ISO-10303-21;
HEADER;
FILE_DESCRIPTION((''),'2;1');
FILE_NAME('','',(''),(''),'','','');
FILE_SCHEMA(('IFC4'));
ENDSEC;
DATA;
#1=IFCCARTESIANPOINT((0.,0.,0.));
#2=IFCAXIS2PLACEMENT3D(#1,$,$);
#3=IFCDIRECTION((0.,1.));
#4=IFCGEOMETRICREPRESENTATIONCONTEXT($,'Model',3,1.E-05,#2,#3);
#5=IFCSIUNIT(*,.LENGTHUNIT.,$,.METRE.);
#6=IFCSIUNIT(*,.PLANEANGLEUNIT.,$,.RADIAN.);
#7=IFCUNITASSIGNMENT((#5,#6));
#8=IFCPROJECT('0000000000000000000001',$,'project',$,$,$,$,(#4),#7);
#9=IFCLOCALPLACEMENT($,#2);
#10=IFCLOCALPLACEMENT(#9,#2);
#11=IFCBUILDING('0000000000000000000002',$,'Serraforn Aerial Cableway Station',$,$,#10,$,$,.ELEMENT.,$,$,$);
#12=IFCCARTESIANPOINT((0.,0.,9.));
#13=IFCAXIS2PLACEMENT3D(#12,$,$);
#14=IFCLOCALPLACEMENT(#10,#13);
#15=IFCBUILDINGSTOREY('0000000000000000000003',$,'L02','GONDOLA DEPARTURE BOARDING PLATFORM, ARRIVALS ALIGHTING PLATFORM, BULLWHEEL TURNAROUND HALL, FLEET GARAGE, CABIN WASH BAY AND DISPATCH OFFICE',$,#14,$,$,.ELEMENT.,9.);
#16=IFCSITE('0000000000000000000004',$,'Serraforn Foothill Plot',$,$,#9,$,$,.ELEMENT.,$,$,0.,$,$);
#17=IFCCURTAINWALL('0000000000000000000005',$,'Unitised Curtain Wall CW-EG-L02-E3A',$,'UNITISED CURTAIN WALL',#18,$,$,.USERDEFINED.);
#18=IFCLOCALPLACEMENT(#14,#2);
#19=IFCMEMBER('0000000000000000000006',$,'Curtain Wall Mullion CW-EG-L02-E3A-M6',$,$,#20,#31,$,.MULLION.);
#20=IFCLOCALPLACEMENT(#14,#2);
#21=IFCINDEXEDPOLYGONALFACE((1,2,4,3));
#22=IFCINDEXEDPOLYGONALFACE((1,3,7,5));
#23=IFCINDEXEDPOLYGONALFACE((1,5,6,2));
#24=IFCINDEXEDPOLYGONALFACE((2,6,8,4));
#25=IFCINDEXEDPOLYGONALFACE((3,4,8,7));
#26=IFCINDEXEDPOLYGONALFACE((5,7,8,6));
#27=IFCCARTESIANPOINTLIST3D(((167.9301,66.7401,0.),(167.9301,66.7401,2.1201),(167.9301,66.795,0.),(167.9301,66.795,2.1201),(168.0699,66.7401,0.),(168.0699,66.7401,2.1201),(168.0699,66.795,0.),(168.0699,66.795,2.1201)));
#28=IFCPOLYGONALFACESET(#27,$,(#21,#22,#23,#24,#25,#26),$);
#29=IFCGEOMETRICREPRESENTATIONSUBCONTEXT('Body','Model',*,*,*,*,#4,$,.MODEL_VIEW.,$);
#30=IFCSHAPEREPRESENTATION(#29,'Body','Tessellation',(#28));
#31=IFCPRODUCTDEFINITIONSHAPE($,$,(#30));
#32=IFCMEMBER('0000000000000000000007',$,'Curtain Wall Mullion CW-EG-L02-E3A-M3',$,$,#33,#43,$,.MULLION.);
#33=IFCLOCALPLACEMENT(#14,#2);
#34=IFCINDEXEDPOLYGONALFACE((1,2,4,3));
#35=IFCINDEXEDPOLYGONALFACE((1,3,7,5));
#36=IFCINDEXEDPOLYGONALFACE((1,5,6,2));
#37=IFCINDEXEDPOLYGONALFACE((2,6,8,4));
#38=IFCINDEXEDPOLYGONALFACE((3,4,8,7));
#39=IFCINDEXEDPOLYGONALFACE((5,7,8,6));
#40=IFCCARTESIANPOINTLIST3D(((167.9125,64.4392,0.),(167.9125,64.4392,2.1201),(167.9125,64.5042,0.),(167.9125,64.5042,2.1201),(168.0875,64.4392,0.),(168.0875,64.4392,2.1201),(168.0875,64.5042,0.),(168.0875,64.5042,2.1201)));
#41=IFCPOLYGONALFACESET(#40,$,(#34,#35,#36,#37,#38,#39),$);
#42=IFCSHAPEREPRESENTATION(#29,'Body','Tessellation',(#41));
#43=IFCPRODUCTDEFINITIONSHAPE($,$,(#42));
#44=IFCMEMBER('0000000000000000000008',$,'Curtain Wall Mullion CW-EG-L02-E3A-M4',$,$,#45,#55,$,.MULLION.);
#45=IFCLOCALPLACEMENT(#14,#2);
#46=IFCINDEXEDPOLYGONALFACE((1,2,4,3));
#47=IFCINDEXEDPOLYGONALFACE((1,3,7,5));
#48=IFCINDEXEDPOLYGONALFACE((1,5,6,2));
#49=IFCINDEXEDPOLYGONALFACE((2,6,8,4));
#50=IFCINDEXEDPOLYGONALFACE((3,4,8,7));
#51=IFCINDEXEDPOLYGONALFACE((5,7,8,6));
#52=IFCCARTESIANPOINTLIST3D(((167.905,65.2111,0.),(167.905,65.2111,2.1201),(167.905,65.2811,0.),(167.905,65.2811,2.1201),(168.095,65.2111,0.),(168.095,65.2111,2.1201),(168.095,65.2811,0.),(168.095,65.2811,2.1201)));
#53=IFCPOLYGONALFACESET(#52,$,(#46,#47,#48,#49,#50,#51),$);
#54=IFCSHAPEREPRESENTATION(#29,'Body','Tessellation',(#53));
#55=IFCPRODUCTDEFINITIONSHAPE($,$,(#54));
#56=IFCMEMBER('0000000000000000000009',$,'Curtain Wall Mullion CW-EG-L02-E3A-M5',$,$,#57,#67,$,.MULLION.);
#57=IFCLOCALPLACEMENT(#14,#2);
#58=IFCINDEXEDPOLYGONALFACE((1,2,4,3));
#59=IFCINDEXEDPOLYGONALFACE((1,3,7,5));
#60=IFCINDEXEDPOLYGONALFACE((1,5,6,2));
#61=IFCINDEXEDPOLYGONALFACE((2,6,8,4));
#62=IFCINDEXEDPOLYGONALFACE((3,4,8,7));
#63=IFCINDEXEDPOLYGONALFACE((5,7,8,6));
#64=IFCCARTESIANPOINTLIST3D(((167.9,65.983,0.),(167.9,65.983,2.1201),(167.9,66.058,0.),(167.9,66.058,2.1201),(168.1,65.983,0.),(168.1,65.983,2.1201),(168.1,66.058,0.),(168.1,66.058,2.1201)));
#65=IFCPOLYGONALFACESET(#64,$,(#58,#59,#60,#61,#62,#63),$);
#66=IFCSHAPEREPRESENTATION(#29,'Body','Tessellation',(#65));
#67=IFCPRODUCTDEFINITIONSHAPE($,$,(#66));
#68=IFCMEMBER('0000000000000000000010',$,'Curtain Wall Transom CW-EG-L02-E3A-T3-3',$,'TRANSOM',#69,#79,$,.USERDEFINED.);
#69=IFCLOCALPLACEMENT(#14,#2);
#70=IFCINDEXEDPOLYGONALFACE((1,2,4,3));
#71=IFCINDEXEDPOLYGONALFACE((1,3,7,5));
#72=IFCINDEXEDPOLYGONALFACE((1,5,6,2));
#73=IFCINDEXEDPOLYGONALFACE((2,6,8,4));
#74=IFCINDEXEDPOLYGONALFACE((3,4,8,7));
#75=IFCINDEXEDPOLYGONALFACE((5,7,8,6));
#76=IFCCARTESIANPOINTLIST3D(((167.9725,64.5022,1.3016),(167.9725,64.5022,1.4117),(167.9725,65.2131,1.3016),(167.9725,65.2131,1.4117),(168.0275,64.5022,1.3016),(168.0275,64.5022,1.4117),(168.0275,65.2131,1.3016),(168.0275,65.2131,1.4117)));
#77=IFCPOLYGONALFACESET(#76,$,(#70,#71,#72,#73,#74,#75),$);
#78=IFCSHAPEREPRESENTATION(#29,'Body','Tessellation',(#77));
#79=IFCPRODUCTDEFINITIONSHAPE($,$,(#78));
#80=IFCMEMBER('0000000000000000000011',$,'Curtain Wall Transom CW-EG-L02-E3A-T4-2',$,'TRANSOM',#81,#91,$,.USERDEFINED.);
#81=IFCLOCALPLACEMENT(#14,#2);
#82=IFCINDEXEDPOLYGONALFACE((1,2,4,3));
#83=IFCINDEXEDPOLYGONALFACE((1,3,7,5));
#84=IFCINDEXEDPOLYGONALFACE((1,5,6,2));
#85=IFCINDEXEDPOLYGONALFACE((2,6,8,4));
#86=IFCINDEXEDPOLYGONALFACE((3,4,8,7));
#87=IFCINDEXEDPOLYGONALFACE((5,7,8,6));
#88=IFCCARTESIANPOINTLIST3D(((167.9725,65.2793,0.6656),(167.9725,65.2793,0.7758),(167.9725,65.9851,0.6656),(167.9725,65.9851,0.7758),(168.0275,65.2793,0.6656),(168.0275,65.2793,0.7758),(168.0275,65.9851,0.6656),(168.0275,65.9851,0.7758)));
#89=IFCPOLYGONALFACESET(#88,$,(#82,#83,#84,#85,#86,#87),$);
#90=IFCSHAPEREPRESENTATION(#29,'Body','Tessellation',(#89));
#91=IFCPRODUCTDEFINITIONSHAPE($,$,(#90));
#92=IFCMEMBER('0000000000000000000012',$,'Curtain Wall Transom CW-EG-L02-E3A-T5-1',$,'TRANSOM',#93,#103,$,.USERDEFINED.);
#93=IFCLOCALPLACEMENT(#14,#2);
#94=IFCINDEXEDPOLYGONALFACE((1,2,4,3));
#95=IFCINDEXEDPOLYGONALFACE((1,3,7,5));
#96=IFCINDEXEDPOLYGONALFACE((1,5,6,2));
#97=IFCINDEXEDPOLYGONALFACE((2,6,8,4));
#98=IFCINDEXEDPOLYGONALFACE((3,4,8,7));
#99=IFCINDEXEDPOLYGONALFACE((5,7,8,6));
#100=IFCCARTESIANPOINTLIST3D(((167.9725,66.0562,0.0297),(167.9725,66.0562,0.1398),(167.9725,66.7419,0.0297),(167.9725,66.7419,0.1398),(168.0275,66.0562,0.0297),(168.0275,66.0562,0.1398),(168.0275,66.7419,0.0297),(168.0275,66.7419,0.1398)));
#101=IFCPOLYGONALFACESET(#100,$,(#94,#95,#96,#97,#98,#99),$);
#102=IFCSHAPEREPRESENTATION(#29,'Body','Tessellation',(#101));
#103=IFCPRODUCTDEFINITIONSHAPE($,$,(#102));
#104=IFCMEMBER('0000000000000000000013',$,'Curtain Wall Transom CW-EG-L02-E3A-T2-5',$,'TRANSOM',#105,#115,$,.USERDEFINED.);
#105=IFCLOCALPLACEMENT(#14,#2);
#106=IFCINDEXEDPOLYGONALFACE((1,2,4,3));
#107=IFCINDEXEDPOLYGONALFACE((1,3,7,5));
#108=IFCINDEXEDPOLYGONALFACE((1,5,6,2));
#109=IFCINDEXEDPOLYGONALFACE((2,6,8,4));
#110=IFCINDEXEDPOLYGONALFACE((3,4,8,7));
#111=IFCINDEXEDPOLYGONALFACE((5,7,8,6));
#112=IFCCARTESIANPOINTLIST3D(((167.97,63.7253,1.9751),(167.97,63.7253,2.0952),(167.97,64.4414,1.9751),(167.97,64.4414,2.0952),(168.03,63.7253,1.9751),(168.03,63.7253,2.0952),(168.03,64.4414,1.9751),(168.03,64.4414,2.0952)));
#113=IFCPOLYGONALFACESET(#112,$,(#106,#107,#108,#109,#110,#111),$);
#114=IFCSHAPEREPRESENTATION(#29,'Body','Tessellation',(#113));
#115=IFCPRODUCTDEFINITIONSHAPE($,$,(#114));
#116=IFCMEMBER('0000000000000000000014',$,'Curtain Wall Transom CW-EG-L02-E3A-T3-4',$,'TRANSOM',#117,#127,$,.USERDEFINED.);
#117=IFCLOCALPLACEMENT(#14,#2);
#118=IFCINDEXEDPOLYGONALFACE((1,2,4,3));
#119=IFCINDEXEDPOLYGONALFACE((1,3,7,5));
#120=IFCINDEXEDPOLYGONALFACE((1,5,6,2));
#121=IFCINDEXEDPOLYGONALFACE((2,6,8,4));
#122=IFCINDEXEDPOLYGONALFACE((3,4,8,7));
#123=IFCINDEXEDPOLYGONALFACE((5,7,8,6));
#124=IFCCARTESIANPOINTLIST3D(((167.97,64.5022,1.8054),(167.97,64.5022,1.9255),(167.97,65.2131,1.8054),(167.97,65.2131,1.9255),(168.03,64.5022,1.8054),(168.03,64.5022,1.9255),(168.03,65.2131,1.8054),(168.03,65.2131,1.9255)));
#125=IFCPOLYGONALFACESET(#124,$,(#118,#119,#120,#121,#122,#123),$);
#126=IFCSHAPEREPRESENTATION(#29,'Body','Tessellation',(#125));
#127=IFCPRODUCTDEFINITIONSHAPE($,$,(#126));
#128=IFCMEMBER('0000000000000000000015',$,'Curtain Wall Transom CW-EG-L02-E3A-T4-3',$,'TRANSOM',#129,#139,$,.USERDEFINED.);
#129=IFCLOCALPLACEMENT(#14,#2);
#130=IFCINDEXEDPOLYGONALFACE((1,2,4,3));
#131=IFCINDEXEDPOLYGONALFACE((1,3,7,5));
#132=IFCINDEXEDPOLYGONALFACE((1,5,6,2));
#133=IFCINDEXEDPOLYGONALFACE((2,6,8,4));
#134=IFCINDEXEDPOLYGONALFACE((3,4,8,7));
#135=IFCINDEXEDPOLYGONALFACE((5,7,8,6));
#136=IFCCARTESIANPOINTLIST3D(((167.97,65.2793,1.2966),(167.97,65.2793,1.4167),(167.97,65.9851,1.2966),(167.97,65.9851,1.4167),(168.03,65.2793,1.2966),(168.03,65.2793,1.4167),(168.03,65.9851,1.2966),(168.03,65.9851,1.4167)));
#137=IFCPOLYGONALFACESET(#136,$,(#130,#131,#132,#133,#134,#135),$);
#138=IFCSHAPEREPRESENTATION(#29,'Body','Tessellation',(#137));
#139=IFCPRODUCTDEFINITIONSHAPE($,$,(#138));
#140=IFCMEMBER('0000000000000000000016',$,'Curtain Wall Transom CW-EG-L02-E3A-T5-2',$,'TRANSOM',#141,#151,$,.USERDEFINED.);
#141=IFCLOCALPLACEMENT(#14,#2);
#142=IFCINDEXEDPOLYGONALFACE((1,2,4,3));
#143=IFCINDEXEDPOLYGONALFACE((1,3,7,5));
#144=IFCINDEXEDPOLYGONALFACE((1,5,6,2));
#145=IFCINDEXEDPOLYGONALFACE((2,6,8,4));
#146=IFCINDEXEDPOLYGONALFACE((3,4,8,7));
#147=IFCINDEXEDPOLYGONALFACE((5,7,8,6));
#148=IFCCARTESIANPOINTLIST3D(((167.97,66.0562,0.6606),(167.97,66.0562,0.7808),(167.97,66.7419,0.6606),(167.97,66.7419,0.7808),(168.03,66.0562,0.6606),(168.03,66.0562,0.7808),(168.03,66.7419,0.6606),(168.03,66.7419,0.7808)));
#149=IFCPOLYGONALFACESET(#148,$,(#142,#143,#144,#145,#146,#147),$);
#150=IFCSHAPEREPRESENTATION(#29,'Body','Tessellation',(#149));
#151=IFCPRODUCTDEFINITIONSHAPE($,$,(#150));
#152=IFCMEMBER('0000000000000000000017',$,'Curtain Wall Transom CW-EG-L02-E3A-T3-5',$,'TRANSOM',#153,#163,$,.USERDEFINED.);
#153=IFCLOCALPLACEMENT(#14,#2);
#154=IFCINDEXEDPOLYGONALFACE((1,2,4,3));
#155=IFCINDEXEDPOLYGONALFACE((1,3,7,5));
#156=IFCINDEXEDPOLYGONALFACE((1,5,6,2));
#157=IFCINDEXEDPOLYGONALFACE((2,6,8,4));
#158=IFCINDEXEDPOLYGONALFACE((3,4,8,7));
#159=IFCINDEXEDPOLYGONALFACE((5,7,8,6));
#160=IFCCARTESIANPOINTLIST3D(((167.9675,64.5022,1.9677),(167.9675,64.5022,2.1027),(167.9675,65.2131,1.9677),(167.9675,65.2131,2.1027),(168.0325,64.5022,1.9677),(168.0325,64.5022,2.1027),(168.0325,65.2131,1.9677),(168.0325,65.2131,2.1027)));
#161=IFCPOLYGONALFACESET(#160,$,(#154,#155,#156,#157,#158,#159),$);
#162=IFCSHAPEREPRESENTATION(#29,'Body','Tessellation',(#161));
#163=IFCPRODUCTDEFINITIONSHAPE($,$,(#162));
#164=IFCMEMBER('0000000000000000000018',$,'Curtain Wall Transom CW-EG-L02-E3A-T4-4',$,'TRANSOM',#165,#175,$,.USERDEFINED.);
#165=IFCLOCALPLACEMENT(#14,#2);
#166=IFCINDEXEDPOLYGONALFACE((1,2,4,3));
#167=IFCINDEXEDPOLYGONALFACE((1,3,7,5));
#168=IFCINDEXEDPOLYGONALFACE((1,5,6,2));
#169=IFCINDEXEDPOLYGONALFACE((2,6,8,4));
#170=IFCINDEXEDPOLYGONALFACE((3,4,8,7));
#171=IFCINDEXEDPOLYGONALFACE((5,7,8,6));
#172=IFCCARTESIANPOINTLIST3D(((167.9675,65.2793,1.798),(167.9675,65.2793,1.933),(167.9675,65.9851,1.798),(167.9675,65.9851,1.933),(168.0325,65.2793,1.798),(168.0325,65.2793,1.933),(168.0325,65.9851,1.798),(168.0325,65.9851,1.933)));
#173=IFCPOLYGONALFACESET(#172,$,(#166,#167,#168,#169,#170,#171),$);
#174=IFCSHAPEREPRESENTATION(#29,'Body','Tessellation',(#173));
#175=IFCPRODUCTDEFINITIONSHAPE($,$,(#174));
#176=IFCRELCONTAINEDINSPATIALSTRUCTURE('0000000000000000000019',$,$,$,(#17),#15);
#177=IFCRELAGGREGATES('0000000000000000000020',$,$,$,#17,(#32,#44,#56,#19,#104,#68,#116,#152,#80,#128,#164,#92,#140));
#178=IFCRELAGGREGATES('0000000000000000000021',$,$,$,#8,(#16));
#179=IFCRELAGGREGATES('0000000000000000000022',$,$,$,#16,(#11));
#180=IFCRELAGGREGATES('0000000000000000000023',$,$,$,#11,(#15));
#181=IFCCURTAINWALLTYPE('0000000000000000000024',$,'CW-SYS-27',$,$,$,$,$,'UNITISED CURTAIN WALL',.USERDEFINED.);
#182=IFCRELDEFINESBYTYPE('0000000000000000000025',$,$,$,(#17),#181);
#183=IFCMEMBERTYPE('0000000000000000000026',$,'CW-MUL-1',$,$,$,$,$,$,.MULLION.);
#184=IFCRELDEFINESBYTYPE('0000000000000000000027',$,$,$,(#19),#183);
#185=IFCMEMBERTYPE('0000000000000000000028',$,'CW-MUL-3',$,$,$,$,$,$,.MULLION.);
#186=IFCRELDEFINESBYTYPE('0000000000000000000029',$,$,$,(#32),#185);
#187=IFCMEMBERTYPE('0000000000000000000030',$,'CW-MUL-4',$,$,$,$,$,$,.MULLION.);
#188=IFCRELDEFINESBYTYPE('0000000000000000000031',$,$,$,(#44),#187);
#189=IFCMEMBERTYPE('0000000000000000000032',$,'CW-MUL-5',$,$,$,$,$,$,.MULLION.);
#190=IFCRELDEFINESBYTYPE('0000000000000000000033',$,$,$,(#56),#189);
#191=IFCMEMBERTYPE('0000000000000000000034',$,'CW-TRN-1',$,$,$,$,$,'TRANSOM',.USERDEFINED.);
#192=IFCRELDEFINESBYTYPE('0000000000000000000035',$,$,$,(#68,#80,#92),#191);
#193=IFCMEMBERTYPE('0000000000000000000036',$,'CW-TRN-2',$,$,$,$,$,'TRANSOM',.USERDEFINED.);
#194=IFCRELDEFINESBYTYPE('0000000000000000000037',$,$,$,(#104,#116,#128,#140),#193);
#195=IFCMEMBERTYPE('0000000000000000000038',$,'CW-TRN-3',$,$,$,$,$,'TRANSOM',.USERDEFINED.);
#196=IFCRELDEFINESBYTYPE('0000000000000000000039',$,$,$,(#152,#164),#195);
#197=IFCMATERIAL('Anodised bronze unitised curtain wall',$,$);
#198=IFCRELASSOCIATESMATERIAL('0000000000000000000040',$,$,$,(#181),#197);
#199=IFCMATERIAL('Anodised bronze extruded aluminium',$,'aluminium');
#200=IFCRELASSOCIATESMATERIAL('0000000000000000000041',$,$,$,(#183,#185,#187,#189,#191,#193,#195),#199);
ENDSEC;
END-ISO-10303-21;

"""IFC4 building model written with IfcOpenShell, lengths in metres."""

from ifc_helpers import new_model, si_unit, direction, frame, origin, origin_2d, place, context, subcontext, project, spatial, rectangle, extrude, material, material_profile, profile_set, type_object, element, aggregate, save


model = new_model("IFC4")

# Units and contexts
model_context = context("Model", 3, precision=1e-05, world=origin(), true_north=direction((0.0, 1.0)))
body_context = subcontext(model_context, "Body", "Model", "MODEL_VIEW")
ifc_project = project(units=[si_unit("LENGTHUNIT", "METRE"), si_unit("PLANEANGLEUNIT", "RADIAN")], contexts=[model_context])

# Site, building, storey
site_placement = place(None, origin())
site = spatial("IfcSite", under=ifc_project, at=site_placement, Name="Serraforn Foothill Plot", CompositionType="ELEMENT", RefElevation=0.0)
building_placement = place(site_placement, origin())
building = spatial("IfcBuilding", under=site, at=building_placement, Name="Serraforn Aerial Cableway Station", CompositionType="ELEMENT")
storey_placement = place(building_placement, frame((0.0, 0.0, 9.0)))
storey = spatial("IfcBuildingStorey", under=building, at=storey_placement, Name="L02", Description="GONDOLA DEPARTURE BOARDING PLATFORM, ARRIVALS ALIGHTING PLATFORM, BULLWHEEL TURNAROUND HALL, FLEET GARAGE, CABIN WASH BAY AND DISPATCH OFFICE", CompositionType="ELEMENT", Elevation=9.0)

# Curtain wall, members
ifc_material_1 = material(Name="Anodised bronze unitised curtain wall")
curtain_wall_type = type_object("IfcCurtainWallType", Name="CW-SYS-27", ElementType="UNITISED CURTAIN WALL", PredefinedType="USERDEFINED", material=ifc_material_1)
curtain_wall_placement = place(storey_placement, origin())
curtain_wall = element("IfcCurtainWall", 1, at=curtain_wall_placement, inside=storey, type_object=curtain_wall_type, Name="Unitised Curtain Wall CW-EG-L02-E3A", ObjectType="UNITISED CURTAIN WALL", PredefinedType="USERDEFINED")
ifc_material_2 = material(Name="Anodised bronze extruded aluminium", Category="aluminium")
ifc_material_profile_1 = material_profile(ifc_material_2, rectangle(XDim=0.0549, YDim=0.1399, at=origin_2d()), Name="CW MULLION 55x140")
ifc_profile_set_1 = profile_set([ifc_material_profile_1], Name="Anodised bronze extruded aluminium")
member_type_1 = type_object("IfcMemberType", Name="CW-MUL-1", PredefinedType="MULLION", material=ifc_profile_set_1)
member_1_placement = place(storey_placement, frame((168.0, 66.7676, 0.0), z_axis=(0.0, 0.0, 1.0), x_axis=(0.0, 1.0, 0.0)))
member_1 = element("IfcMember", 2, at=member_1_placement, type_object=member_type_1, Name="Curtain Wall Mullion CW-EG-L02-E3A-M6", PredefinedType="MULLION", context=body_context, shape_type="SweptSolid", body=[
    extrude(rectangle(XDim=0.0549, YDim=0.1399, at=origin_2d()), origin(), (0.0, 0.0, 1.0), 2.1201),
])
ifc_material_profile_2 = material_profile(ifc_material_2, rectangle(XDim=0.0649, YDim=0.175, at=origin_2d()), Name="CW MULLION 65x175")
ifc_profile_set_2 = profile_set([ifc_material_profile_2], Name="Anodised bronze extruded aluminium")
member_type_2 = type_object("IfcMemberType", Name="CW-MUL-3", PredefinedType="MULLION", material=ifc_profile_set_2)
member_2_placement = place(storey_placement, frame((168.0, 64.4717, 0.0), z_axis=(0.0, 0.0, 1.0), x_axis=(0.0, 1.0, 0.0)))
member_2 = element("IfcMember", 3, at=member_2_placement, type_object=member_type_2, Name="Curtain Wall Mullion CW-EG-L02-E3A-M3", PredefinedType="MULLION", context=body_context, shape_type="SweptSolid", body=[
    extrude(rectangle(XDim=0.0649, YDim=0.175, at=origin_2d()), origin(), (0.0, 0.0, 1.0), 2.1201),
])
ifc_material_profile_3 = material_profile(ifc_material_2, rectangle(XDim=0.0701, YDim=0.1899, at=origin_2d()), Name="CW MULLION 70x190")
ifc_profile_set_3 = profile_set([ifc_material_profile_3], Name="Anodised bronze extruded aluminium")
member_type_3 = type_object("IfcMemberType", Name="CW-MUL-4", PredefinedType="MULLION", material=ifc_profile_set_3)
member_3_placement = place(storey_placement, frame((168.0, 65.2461, 0.0), z_axis=(0.0, 0.0, 1.0), x_axis=(0.0, 1.0, 0.0)))
member_3 = element("IfcMember", 4, at=member_3_placement, type_object=member_type_3, Name="Curtain Wall Mullion CW-EG-L02-E3A-M4", PredefinedType="MULLION", context=body_context, shape_type="SweptSolid", body=[
    extrude(rectangle(XDim=0.0701, YDim=0.1899, at=origin_2d()), origin(), (0.0, 0.0, 1.0), 2.1201),
])
ifc_material_profile_4 = material_profile(ifc_material_2, rectangle(XDim=0.075, YDim=0.2, at=origin_2d()), Name="CW MULLION 75x200")
ifc_profile_set_4 = profile_set([ifc_material_profile_4], Name="Anodised bronze extruded aluminium")
member_type_4 = type_object("IfcMemberType", Name="CW-MUL-5", PredefinedType="MULLION", material=ifc_profile_set_4)
member_4_placement = place(storey_placement, frame((168.0, 66.0205, 0.0), z_axis=(0.0, 0.0, 1.0), x_axis=(0.0, 1.0, 0.0)))
member_4 = element("IfcMember", 5, at=member_4_placement, type_object=member_type_4, Name="Curtain Wall Mullion CW-EG-L02-E3A-M5", PredefinedType="MULLION", context=body_context, shape_type="SweptSolid", body=[
    extrude(rectangle(XDim=0.075, YDim=0.2, at=origin_2d()), origin(), (0.0, 0.0, 1.0), 2.1201),
])
ifc_material_profile_5 = material_profile(ifc_material_2, rectangle(XDim=0.0549, YDim=0.1101, at=origin_2d()), Name="CW TRANSOM 55x110")
ifc_profile_set_5 = profile_set([ifc_material_profile_5], Name="Anodised bronze extruded aluminium")
member_type_5 = type_object("IfcMemberType", Name="CW-TRN-1", ElementType="TRANSOM", PredefinedType="USERDEFINED", material=ifc_profile_set_5)
member_5_placement = place(storey_placement, frame((168.0, 64.5022, 1.3567), z_axis=(0.0, 1.0, 0.0), x_axis=(-1.0, 0.0, 0.0)))
member_5 = element("IfcMember", 6, at=member_5_placement, type_object=member_type_5, Name="Curtain Wall Transom CW-EG-L02-E3A-T3-3", ObjectType="TRANSOM", PredefinedType="USERDEFINED", context=body_context, shape_type="SweptSolid", body=[
    extrude(rectangle(XDim=0.0549, YDim=0.1101, at=origin_2d()), origin(), (0.0, 0.0, 1.0), 0.7109),
])
member_6_placement = place(storey_placement, frame((168.0, 65.2793, 0.7207), z_axis=(0.0, 1.0, 0.0), x_axis=(-1.0, 0.0, 0.0)))
member_6 = element("IfcMember", 7, at=member_6_placement, type_object=member_type_5, Name="Curtain Wall Transom CW-EG-L02-E3A-T4-2", ObjectType="TRANSOM", PredefinedType="USERDEFINED", context=body_context, shape_type="SweptSolid", body=[
    extrude(rectangle(XDim=0.0549, YDim=0.1101, at=origin_2d()), origin(), (0.0, 0.0, 1.0), 0.7058),
])
member_7_placement = place(storey_placement, frame((168.0, 66.0562, 0.0847), z_axis=(0.0, 1.0, 0.0), x_axis=(-1.0, 0.0, 0.0)))
member_7 = element("IfcMember", 8, at=member_7_placement, type_object=member_type_5, Name="Curtain Wall Transom CW-EG-L02-E3A-T5-1", ObjectType="TRANSOM", PredefinedType="USERDEFINED", context=body_context, shape_type="SweptSolid", body=[
    extrude(rectangle(XDim=0.0549, YDim=0.1101, at=origin_2d()), origin(), (0.0, 0.0, 1.0), 0.6858),
])
ifc_material_profile_6 = material_profile(ifc_material_2, rectangle(XDim=0.0601, YDim=0.1201, at=origin_2d()), Name="CW TRANSOM 60x120")
ifc_profile_set_6 = profile_set([ifc_material_profile_6], Name="Anodised bronze extruded aluminium")
member_type_6 = type_object("IfcMemberType", Name="CW-TRN-2", ElementType="TRANSOM", PredefinedType="USERDEFINED", material=ifc_profile_set_6)
member_8_placement = place(storey_placement, frame((168.0, 63.7253, 2.0352), z_axis=(0.0, 1.0, 0.0), x_axis=(-1.0, 0.0, 0.0)))
member_8 = element("IfcMember", 9, at=member_8_placement, type_object=member_type_6, Name="Curtain Wall Transom CW-EG-L02-E3A-T2-5", ObjectType="TRANSOM", PredefinedType="USERDEFINED", context=body_context, shape_type="SweptSolid", body=[
    extrude(rectangle(XDim=0.0601, YDim=0.1201, at=origin_2d()), origin(), (0.0, 0.0, 1.0), 0.7161),
])
member_9_placement = place(storey_placement, frame((168.0, 64.5022, 1.8655), z_axis=(0.0, 1.0, 0.0), x_axis=(-1.0, 0.0, 0.0)))
member_9 = element("IfcMember", 10, at=member_9_placement, type_object=member_type_6, Name="Curtain Wall Transom CW-EG-L02-E3A-T3-4", ObjectType="TRANSOM", PredefinedType="USERDEFINED", context=body_context, shape_type="SweptSolid", body=[
    extrude(rectangle(XDim=0.0601, YDim=0.1201, at=origin_2d()), origin(), (0.0, 0.0, 1.0), 0.7109),
])
member_10_placement = place(storey_placement, frame((168.0, 65.2793, 1.3567), z_axis=(0.0, 1.0, 0.0), x_axis=(-1.0, 0.0, 0.0)))
member_10 = element("IfcMember", 11, at=member_10_placement, type_object=member_type_6, Name="Curtain Wall Transom CW-EG-L02-E3A-T4-3", ObjectType="TRANSOM", PredefinedType="USERDEFINED", context=body_context, shape_type="SweptSolid", body=[
    extrude(rectangle(XDim=0.0601, YDim=0.1201, at=origin_2d()), origin(), (0.0, 0.0, 1.0), 0.7058),
])
member_11_placement = place(storey_placement, frame((168.0, 66.0562, 0.7207), z_axis=(0.0, 1.0, 0.0), x_axis=(-1.0, 0.0, 0.0)))
member_11 = element("IfcMember", 12, at=member_11_placement, type_object=member_type_6, Name="Curtain Wall Transom CW-EG-L02-E3A-T5-2", ObjectType="TRANSOM", PredefinedType="USERDEFINED", context=body_context, shape_type="SweptSolid", body=[
    extrude(rectangle(XDim=0.0601, YDim=0.1201, at=origin_2d()), origin(), (0.0, 0.0, 1.0), 0.6858),
])
ifc_material_profile_7 = material_profile(ifc_material_2, rectangle(XDim=0.0649, YDim=0.135, at=origin_2d()), Name="CW TRANSOM 65x135")
ifc_profile_set_7 = profile_set([ifc_material_profile_7], Name="Anodised bronze extruded aluminium")
member_type_7 = type_object("IfcMemberType", Name="CW-TRN-3", ElementType="TRANSOM", PredefinedType="USERDEFINED", material=ifc_profile_set_7)
member_12_placement = place(storey_placement, frame((168.0, 64.5022, 2.0352), z_axis=(0.0, 1.0, 0.0), x_axis=(-1.0, 0.0, 0.0)))
member_12 = element("IfcMember", 13, at=member_12_placement, type_object=member_type_7, Name="Curtain Wall Transom CW-EG-L02-E3A-T3-5", ObjectType="TRANSOM", PredefinedType="USERDEFINED", context=body_context, shape_type="SweptSolid", body=[
    extrude(rectangle(XDim=0.0649, YDim=0.135, at=origin_2d()), origin(), (0.0, 0.0, 1.0), 0.7109),
])
member_13_placement = place(storey_placement, frame((168.0, 65.2793, 1.8655), z_axis=(0.0, 1.0, 0.0), x_axis=(-1.0, 0.0, 0.0)))
member_13 = element("IfcMember", 14, at=member_13_placement, type_object=member_type_7, Name="Curtain Wall Transom CW-EG-L02-E3A-T4-4", ObjectType="TRANSOM", PredefinedType="USERDEFINED", context=body_context, shape_type="SweptSolid", body=[
    extrude(rectangle(XDim=0.0649, YDim=0.135, at=origin_2d()), origin(), (0.0, 0.0, 1.0), 0.7058),
])

aggregate(curtain_wall, [member_2, member_3, member_4, member_1, member_8, member_5, member_9, member_12, member_6, member_10, member_13, member_7, member_11])

save(model, "model.ifc")
